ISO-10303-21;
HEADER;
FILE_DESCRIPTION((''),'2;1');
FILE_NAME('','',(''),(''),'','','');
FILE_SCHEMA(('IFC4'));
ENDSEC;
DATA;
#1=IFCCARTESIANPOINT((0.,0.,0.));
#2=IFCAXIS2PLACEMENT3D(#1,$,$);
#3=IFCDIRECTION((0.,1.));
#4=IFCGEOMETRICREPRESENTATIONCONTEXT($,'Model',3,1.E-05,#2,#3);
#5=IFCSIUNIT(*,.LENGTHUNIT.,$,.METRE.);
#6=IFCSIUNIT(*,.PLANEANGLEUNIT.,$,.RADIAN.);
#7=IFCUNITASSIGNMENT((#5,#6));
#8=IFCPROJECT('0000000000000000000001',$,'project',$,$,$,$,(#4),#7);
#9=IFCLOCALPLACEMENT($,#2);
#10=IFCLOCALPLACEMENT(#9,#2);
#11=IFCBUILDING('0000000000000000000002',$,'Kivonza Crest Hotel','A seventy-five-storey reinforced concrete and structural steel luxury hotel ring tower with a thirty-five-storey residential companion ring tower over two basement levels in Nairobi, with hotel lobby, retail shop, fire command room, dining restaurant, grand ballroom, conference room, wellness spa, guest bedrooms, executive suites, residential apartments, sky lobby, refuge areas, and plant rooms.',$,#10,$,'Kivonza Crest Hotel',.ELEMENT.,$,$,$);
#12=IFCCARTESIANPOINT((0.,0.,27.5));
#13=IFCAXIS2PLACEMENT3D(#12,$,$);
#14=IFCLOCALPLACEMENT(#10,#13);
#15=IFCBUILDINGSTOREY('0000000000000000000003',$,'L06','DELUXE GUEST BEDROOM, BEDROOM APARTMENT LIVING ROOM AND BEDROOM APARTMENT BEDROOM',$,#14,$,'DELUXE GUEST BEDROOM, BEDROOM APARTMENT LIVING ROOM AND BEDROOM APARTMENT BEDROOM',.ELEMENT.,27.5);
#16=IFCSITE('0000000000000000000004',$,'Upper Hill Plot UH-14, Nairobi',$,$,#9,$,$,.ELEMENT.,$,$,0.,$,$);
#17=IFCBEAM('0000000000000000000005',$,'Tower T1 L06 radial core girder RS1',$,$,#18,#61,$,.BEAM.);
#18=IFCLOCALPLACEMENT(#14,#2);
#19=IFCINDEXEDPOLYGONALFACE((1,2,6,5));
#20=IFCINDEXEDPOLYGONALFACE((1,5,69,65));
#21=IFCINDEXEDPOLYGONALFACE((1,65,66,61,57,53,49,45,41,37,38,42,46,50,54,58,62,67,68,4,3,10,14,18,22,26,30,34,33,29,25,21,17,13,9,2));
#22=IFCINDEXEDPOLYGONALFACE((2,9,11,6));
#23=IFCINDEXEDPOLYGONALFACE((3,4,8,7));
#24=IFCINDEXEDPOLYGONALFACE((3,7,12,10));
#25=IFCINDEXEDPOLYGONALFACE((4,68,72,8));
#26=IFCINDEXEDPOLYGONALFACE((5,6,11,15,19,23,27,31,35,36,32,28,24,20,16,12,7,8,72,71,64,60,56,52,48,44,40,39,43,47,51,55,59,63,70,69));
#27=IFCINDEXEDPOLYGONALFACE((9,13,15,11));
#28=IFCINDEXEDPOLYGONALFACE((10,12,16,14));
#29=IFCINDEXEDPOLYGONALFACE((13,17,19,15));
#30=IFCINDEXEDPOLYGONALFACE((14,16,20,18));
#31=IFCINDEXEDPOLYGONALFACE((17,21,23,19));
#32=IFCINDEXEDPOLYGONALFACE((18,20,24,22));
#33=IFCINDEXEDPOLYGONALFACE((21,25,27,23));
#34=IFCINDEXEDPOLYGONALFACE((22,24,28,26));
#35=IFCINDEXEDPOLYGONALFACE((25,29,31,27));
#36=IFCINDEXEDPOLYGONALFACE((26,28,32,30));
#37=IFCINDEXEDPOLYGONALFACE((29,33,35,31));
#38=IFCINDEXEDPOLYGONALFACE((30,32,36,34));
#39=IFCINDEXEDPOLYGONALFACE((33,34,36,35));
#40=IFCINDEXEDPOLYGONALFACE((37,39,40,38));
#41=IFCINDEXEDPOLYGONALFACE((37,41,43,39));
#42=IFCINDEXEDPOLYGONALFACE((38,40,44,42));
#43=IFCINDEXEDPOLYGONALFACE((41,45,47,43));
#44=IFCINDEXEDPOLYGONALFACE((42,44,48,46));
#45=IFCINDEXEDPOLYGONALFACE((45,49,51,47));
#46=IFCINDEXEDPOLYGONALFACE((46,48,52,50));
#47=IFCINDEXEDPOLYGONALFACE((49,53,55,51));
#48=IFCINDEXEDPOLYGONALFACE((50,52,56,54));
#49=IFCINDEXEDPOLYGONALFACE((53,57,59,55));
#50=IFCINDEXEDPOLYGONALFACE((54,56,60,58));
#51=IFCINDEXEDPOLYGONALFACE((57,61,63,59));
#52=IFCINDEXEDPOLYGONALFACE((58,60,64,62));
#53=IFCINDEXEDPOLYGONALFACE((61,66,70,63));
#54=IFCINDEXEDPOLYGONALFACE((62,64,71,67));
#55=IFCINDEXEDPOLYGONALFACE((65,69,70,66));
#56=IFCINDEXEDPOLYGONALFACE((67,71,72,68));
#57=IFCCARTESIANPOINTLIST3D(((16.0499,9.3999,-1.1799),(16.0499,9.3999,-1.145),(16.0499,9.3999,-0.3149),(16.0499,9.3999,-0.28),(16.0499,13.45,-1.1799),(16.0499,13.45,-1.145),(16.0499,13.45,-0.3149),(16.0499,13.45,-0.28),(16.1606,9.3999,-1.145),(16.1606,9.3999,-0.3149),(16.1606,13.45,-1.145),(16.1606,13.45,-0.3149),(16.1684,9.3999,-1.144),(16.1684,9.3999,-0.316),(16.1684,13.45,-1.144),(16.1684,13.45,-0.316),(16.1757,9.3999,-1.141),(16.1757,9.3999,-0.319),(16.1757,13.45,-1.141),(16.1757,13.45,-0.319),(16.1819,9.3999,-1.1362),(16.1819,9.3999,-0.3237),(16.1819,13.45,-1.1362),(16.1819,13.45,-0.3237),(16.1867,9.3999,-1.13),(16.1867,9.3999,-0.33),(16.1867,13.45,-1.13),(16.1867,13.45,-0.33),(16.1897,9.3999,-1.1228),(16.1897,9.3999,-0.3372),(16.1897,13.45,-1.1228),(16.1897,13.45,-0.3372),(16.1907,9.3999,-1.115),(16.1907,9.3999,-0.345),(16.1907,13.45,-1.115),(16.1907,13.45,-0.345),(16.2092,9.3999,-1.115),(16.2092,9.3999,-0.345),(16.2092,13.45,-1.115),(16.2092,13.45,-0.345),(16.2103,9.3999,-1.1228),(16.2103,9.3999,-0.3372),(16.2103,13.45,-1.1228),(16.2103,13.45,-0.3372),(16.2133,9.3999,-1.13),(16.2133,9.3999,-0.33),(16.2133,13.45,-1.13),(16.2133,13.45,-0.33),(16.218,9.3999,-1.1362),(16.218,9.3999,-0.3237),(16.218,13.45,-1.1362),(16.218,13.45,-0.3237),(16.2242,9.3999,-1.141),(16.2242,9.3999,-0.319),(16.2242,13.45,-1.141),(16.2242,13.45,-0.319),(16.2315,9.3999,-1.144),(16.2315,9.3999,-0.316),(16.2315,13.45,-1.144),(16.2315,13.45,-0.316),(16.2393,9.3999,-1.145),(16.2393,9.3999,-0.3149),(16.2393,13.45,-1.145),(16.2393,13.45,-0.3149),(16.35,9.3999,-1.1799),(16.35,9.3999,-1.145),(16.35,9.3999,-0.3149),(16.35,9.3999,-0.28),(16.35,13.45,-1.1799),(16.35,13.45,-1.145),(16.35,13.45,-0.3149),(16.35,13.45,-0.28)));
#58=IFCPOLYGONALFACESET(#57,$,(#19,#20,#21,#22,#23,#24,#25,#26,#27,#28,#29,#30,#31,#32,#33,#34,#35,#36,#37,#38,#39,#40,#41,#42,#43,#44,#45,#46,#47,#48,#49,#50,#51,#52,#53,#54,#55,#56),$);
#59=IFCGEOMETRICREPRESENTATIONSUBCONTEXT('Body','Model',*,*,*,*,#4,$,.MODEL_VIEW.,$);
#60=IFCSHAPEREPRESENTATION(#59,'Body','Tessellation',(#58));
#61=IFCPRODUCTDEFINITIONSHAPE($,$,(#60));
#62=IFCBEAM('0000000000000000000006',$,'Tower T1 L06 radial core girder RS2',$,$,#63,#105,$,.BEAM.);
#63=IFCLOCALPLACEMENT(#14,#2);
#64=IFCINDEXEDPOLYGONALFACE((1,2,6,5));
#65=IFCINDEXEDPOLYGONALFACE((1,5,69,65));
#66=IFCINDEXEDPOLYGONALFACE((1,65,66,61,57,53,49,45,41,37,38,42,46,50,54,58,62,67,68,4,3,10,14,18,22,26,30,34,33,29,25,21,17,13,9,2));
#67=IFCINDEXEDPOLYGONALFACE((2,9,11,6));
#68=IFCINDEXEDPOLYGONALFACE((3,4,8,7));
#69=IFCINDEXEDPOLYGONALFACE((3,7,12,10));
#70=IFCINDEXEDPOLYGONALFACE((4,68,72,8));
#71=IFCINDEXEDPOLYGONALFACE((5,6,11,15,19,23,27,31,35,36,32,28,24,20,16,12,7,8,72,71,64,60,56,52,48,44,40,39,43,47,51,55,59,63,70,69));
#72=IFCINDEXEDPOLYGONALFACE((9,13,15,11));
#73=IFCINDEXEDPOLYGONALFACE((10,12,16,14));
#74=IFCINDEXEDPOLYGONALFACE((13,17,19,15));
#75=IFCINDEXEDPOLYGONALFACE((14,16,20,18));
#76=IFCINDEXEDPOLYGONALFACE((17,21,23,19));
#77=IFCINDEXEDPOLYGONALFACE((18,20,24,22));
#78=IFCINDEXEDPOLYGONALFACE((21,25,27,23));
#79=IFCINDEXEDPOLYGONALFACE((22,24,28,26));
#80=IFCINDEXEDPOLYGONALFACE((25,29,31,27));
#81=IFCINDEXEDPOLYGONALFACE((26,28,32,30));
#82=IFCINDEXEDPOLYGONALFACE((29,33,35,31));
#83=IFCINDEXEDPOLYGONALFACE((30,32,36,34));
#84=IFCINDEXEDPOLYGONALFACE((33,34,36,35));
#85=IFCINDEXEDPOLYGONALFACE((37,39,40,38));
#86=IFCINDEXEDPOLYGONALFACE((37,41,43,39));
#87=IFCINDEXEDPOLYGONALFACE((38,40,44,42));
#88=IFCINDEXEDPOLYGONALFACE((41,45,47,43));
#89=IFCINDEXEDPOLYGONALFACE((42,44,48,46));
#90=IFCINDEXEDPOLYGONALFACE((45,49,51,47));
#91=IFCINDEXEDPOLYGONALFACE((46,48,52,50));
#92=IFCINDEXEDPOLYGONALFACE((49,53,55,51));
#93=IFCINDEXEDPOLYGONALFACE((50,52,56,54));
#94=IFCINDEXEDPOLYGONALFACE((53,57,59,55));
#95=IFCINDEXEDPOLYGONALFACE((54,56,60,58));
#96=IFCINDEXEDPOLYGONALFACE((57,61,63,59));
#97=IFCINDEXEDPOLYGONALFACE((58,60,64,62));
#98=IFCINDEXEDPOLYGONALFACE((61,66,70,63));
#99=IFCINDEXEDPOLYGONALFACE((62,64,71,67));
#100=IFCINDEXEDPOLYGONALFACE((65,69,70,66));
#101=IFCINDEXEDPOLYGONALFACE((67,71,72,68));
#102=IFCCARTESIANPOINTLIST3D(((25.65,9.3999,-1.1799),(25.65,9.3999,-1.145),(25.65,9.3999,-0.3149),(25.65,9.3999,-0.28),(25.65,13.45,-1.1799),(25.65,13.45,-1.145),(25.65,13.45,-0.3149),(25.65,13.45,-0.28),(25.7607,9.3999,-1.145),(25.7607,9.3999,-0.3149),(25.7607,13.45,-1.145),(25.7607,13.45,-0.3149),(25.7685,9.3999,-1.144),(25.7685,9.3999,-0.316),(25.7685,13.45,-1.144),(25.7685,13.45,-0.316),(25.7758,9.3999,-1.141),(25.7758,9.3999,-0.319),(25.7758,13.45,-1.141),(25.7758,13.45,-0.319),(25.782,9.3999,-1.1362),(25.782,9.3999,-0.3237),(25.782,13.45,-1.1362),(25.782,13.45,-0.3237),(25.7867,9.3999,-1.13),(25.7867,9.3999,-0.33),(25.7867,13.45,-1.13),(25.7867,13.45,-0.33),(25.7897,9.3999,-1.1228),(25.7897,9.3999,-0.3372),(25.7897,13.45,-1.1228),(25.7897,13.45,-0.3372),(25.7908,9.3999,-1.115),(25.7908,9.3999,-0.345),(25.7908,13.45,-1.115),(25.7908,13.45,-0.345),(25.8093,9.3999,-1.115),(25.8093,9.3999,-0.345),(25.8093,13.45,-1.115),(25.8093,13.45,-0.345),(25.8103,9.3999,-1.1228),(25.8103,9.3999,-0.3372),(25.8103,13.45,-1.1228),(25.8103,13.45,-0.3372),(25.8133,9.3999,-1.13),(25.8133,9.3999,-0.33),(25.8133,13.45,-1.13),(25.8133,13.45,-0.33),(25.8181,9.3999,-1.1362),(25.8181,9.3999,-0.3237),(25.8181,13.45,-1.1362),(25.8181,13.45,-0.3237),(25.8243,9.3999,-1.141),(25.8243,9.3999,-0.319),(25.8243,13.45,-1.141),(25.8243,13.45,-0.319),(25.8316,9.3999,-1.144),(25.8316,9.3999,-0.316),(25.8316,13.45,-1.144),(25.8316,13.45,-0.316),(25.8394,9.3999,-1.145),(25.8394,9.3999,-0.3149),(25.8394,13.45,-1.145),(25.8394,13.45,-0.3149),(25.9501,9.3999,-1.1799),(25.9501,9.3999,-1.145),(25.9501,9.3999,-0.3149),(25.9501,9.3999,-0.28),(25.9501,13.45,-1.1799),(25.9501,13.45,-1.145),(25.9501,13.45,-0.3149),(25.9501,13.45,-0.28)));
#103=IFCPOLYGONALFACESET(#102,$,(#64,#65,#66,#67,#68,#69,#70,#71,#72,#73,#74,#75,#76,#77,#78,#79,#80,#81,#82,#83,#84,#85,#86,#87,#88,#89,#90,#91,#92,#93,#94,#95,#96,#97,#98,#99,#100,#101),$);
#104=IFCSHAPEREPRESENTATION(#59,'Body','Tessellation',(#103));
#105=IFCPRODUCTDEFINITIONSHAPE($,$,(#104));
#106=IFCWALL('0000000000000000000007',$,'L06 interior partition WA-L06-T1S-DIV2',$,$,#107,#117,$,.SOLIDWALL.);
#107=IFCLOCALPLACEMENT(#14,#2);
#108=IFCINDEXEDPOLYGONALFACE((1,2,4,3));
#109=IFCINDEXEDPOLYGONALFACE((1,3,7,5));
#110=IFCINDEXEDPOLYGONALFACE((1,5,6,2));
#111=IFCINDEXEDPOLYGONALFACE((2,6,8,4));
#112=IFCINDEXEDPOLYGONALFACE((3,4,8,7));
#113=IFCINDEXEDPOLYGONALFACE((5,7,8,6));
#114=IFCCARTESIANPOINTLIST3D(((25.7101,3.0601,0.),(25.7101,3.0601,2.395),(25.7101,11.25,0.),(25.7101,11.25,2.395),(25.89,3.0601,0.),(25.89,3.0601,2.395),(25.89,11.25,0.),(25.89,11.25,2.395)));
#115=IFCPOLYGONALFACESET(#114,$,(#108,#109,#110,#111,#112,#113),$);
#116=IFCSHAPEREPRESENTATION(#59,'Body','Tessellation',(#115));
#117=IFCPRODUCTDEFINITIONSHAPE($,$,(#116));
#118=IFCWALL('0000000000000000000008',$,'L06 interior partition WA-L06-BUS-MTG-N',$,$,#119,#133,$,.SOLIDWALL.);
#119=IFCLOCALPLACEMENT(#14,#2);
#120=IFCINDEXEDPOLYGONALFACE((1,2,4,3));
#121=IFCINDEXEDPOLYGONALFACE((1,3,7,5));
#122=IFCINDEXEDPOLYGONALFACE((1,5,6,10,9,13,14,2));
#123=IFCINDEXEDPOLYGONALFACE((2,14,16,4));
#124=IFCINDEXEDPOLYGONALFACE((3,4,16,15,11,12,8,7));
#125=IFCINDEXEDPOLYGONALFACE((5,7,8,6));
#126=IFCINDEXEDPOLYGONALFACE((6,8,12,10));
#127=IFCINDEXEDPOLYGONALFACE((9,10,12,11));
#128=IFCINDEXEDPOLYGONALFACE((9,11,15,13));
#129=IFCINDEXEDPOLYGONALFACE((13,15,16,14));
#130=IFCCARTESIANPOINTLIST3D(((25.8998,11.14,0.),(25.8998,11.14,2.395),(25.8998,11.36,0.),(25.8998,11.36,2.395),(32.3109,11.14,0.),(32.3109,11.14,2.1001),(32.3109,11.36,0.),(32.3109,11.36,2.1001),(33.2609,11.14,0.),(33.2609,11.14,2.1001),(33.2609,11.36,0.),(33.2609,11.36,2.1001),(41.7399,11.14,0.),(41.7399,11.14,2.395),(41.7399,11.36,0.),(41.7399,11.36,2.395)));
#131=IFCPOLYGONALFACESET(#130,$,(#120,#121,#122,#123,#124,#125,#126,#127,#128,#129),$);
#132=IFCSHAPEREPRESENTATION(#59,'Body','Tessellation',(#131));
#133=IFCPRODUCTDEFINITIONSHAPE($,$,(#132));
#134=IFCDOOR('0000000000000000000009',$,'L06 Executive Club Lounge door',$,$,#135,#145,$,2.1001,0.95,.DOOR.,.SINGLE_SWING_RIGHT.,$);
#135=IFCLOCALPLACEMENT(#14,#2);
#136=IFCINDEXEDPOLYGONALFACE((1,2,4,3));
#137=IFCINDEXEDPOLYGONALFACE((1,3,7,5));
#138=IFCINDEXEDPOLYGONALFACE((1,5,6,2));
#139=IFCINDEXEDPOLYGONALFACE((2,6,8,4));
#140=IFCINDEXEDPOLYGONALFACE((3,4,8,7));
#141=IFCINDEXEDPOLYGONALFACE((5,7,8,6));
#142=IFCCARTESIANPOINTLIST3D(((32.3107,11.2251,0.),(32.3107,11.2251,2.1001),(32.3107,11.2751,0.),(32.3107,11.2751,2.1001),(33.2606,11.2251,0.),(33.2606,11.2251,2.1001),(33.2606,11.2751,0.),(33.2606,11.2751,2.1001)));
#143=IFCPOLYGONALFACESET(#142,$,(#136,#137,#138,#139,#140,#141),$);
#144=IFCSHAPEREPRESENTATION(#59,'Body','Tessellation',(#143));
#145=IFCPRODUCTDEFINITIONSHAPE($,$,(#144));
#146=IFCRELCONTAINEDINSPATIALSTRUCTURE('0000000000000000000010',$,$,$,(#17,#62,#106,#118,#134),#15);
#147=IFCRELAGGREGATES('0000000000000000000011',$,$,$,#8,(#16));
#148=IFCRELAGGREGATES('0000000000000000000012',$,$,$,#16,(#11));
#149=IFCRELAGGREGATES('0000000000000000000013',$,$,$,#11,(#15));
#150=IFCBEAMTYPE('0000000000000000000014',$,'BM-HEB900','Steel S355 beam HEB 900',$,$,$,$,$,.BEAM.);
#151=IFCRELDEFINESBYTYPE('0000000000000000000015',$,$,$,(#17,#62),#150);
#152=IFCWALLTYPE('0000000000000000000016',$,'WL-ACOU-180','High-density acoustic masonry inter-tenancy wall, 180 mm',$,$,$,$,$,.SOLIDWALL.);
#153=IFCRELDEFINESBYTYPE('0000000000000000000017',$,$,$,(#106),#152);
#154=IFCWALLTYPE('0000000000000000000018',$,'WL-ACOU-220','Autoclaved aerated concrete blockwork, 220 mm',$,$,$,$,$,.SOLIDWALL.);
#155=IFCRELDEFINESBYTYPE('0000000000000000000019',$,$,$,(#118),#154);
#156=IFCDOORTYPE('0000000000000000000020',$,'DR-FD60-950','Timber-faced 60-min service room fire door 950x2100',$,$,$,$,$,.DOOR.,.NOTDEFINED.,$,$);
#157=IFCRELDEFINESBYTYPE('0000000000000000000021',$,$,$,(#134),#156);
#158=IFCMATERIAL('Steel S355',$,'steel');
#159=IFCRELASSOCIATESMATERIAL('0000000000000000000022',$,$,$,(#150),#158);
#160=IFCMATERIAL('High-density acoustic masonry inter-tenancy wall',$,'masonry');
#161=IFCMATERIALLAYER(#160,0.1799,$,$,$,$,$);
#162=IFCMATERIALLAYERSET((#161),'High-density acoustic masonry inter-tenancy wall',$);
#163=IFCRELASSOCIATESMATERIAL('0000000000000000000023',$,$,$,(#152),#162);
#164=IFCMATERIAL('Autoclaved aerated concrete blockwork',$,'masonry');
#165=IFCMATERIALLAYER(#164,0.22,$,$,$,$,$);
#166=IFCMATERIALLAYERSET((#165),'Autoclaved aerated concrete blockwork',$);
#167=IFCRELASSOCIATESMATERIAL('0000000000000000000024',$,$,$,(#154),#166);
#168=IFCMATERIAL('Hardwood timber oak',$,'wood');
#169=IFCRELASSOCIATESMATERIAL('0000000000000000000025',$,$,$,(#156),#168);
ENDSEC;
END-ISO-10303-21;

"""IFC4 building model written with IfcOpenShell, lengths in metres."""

from ifc_helpers import new_model, si_unit, direction, frame, frame_2d, origin, origin_2d, place, context, subcontext, project, spatial, rectangle, i_section, extrude, material, layer, layer_set, material_profile, profile_set, type_object, element, fill, save


model = new_model("IFC4")

# Units and contexts
model_context = context("Model", 3, precision=1e-05, world=origin(), true_north=direction((0.0, 1.0)))
body_context = subcontext(model_context, "Body", "Model", "MODEL_VIEW")
ifc_project = project(units=[si_unit("LENGTHUNIT", "METRE"), si_unit("PLANEANGLEUNIT", "RADIAN")], contexts=[model_context])

# Site, building, storey
site_placement = place(None, origin())
site = spatial("IfcSite", under=ifc_project, at=site_placement, Name="Upper Hill Plot UH-14, Nairobi", CompositionType="ELEMENT", RefElevation=0.0)
building_placement = place(site_placement, origin())
building = spatial("IfcBuilding", under=site, at=building_placement, Name="Kivonza Crest Hotel", Description="A seventy-five-storey reinforced concrete and structural steel luxury hotel ring tower with a thirty-five-storey residential companion ring tower over two basement levels in Nairobi, with hotel lobby, retail shop, fire command room, dining restaurant, grand ballroom, conference room, wellness spa, guest bedrooms, executive suites, residential apartments, sky lobby, refuge areas, and plant rooms.", LongName="Kivonza Crest Hotel", CompositionType="ELEMENT")
storey_placement = place(building_placement, frame((0.0, 0.0, 27.5)))
storey = spatial("IfcBuildingStorey", under=building, at=storey_placement, Name="L06", Description="DELUXE GUEST BEDROOM, BEDROOM APARTMENT LIVING ROOM AND BEDROOM APARTMENT BEDROOM", LongName="DELUXE GUEST BEDROOM, BEDROOM APARTMENT LIVING ROOM AND BEDROOM APARTMENT BEDROOM", CompositionType="ELEMENT", Elevation=27.5)

# Beams
ifc_material_1 = material(Name="Steel S355", Category="steel")
ifc_material_profile_1 = material_profile(ifc_material_1, i_section(OverallWidth=0.3, OverallDepth=0.8999, WebThickness=0.0186, FlangeThickness=0.0349, FilletRadius=0.03, at=origin_2d()), Name="HEB 900")
ifc_profile_set_1 = profile_set([ifc_material_profile_1], Name="Steel S355")
beam_type_1 = type_object("IfcBeamType", Name="BM-HEB900", Description="Steel S355 beam HEB 900", PredefinedType="BEAM", material=ifc_profile_set_1)
for number, where, z_axis, x_axis, name in (
    (1, (16.2, 9.3999, -0.73), (0.0, 1.0, 0.0), (-1.0, 0.0, 0.0), "Tower T1 L06 radial core girder RS1"),
    (2, (25.8, 9.3999, -0.73), (0.0, 1.0, 0.0), (-1.0, 0.0, 0.0), "Tower T1 L06 radial core girder RS2"),
):
    element("IfcBeam", number, at=place(storey_placement, frame(where, z_axis=z_axis, x_axis=x_axis)), inside=storey, type_object=beam_type_1, Name=name, PredefinedType="BEAM", context=body_context, shape_type="SweptSolid", body=[
        extrude(i_section(OverallWidth=0.3, OverallDepth=0.8999, WebThickness=0.0186, FlangeThickness=0.0349, FilletRadius=0.03, at=origin_2d()), origin(), (0.0, 0.0, 1.0), 4.05),
    ])

# Wall
ifc_material_2 = material(Name="High-density acoustic masonry inter-tenancy wall", Category="masonry")
ifc_layer_1 = layer(ifc_material_2, 0.1799)
ifc_layer_set_1 = layer_set([ifc_layer_1], Name="High-density acoustic masonry inter-tenancy wall")
wall_type_1 = type_object("IfcWallType", Name="WL-ACOU-180", Description="High-density acoustic masonry inter-tenancy wall, 180 mm", PredefinedType="SOLIDWALL", material=ifc_layer_set_1)
wall_1_placement = place(storey_placement, frame((25.8, 3.0601, 0.0), z_axis=(0.0, 0.0, 1.0), x_axis=(0.0, 1.0, 0.0)))
element("IfcWall", 3, at=wall_1_placement, inside=storey, type_object=wall_type_1, Name="L06 interior partition WA-L06-T1S-DIV2", PredefinedType="SOLIDWALL", context=body_context, shape_type="SweptSolid", body=[
    extrude(rectangle(XDim=8.1899, YDim=0.1799, at=frame_2d((4.095, 0.0))), origin(), (0.0, 0.0, 1.0), 2.395),
])

# Wall, opening, door
ifc_material_3 = material(Name="Autoclaved aerated concrete blockwork", Category="masonry")
ifc_layer_2 = layer(ifc_material_3, 0.22)
ifc_layer_set_2 = layer_set([ifc_layer_2], Name="Autoclaved aerated concrete blockwork")
wall_type_2 = type_object("IfcWallType", Name="WL-ACOU-220", Description="Autoclaved aerated concrete blockwork, 220 mm", PredefinedType="SOLIDWALL", material=ifc_layer_set_2)
wall_2_placement = place(storey_placement, frame((25.8999, 11.25, 0.0), z_axis=(0.0, 0.0, 1.0), x_axis=(1.0, 0.0, 0.0)))
wall_2 = element("IfcWall", 4, at=wall_2_placement, inside=storey, type_object=wall_type_2, Name="L06 interior partition WA-L06-BUS-MTG-N", PredefinedType="SOLIDWALL", context=body_context, shape_type="SweptSolid", body=[
    extrude(rectangle(XDim=15.8401, YDim=0.22, at=frame_2d((7.9199, 0.0))), origin(), (0.0, 0.0, 1.0), 2.395),
])
opening_1_placement = place(wall_2_placement, frame((6.4109, 0.0, 0.0)))
opening_1 = element("IfcOpeningElement", 5, at=opening_1_placement, cuts=wall_2, PredefinedType="OPENING", context=body_context, shape_type="SweptSolid", body=[
    extrude(rectangle(XDim=0.95, YDim=2.1001, at=frame_2d((0.4751, 1.05))), frame((0.0, 0.1201, 0.0), z_axis=(0.0, -1.0, 0.0), x_axis=(1.0, 0.0, 0.0)), (0.0, 0.0, 1.0), 0.24),
])
ifc_material_4 = material(Name="Hardwood timber oak", Category="wood")
door_type_1 = type_object("IfcDoorType", Name="DR-FD60-950", Description="Timber-faced 60-min service room fire door 950x2100", OperationType="NOTDEFINED", PredefinedType="DOOR", material=ifc_material_4)
door_1_placement = place(opening_1_placement, frame((0.95, 0.0, 0.0), z_axis=(0.0, 0.0, 1.0), x_axis=(-1.0, 0.0, 0.0)))
door_1 = element("IfcDoor", 6, at=door_1_placement, inside=storey, type_object=door_type_1, Name="L06 Executive Club Lounge door", OperationType="SINGLE_SWING_RIGHT", OverallHeight=2.1001, OverallWidth=0.95, PredefinedType="DOOR", context=body_context, shape_type="SweptSolid", body=[
    extrude(rectangle(XDim=0.95, YDim=2.1001, at=frame_2d((0.4751, 1.05))), frame((0.0, 0.0249, 0.0), z_axis=(0.0, -1.0, 0.0), x_axis=(1.0, 0.0, 0.0)), (0.0, 0.0, 1.0), 0.05),
])
fill(opening_1, door_1)

save(model, "model.ifc")
